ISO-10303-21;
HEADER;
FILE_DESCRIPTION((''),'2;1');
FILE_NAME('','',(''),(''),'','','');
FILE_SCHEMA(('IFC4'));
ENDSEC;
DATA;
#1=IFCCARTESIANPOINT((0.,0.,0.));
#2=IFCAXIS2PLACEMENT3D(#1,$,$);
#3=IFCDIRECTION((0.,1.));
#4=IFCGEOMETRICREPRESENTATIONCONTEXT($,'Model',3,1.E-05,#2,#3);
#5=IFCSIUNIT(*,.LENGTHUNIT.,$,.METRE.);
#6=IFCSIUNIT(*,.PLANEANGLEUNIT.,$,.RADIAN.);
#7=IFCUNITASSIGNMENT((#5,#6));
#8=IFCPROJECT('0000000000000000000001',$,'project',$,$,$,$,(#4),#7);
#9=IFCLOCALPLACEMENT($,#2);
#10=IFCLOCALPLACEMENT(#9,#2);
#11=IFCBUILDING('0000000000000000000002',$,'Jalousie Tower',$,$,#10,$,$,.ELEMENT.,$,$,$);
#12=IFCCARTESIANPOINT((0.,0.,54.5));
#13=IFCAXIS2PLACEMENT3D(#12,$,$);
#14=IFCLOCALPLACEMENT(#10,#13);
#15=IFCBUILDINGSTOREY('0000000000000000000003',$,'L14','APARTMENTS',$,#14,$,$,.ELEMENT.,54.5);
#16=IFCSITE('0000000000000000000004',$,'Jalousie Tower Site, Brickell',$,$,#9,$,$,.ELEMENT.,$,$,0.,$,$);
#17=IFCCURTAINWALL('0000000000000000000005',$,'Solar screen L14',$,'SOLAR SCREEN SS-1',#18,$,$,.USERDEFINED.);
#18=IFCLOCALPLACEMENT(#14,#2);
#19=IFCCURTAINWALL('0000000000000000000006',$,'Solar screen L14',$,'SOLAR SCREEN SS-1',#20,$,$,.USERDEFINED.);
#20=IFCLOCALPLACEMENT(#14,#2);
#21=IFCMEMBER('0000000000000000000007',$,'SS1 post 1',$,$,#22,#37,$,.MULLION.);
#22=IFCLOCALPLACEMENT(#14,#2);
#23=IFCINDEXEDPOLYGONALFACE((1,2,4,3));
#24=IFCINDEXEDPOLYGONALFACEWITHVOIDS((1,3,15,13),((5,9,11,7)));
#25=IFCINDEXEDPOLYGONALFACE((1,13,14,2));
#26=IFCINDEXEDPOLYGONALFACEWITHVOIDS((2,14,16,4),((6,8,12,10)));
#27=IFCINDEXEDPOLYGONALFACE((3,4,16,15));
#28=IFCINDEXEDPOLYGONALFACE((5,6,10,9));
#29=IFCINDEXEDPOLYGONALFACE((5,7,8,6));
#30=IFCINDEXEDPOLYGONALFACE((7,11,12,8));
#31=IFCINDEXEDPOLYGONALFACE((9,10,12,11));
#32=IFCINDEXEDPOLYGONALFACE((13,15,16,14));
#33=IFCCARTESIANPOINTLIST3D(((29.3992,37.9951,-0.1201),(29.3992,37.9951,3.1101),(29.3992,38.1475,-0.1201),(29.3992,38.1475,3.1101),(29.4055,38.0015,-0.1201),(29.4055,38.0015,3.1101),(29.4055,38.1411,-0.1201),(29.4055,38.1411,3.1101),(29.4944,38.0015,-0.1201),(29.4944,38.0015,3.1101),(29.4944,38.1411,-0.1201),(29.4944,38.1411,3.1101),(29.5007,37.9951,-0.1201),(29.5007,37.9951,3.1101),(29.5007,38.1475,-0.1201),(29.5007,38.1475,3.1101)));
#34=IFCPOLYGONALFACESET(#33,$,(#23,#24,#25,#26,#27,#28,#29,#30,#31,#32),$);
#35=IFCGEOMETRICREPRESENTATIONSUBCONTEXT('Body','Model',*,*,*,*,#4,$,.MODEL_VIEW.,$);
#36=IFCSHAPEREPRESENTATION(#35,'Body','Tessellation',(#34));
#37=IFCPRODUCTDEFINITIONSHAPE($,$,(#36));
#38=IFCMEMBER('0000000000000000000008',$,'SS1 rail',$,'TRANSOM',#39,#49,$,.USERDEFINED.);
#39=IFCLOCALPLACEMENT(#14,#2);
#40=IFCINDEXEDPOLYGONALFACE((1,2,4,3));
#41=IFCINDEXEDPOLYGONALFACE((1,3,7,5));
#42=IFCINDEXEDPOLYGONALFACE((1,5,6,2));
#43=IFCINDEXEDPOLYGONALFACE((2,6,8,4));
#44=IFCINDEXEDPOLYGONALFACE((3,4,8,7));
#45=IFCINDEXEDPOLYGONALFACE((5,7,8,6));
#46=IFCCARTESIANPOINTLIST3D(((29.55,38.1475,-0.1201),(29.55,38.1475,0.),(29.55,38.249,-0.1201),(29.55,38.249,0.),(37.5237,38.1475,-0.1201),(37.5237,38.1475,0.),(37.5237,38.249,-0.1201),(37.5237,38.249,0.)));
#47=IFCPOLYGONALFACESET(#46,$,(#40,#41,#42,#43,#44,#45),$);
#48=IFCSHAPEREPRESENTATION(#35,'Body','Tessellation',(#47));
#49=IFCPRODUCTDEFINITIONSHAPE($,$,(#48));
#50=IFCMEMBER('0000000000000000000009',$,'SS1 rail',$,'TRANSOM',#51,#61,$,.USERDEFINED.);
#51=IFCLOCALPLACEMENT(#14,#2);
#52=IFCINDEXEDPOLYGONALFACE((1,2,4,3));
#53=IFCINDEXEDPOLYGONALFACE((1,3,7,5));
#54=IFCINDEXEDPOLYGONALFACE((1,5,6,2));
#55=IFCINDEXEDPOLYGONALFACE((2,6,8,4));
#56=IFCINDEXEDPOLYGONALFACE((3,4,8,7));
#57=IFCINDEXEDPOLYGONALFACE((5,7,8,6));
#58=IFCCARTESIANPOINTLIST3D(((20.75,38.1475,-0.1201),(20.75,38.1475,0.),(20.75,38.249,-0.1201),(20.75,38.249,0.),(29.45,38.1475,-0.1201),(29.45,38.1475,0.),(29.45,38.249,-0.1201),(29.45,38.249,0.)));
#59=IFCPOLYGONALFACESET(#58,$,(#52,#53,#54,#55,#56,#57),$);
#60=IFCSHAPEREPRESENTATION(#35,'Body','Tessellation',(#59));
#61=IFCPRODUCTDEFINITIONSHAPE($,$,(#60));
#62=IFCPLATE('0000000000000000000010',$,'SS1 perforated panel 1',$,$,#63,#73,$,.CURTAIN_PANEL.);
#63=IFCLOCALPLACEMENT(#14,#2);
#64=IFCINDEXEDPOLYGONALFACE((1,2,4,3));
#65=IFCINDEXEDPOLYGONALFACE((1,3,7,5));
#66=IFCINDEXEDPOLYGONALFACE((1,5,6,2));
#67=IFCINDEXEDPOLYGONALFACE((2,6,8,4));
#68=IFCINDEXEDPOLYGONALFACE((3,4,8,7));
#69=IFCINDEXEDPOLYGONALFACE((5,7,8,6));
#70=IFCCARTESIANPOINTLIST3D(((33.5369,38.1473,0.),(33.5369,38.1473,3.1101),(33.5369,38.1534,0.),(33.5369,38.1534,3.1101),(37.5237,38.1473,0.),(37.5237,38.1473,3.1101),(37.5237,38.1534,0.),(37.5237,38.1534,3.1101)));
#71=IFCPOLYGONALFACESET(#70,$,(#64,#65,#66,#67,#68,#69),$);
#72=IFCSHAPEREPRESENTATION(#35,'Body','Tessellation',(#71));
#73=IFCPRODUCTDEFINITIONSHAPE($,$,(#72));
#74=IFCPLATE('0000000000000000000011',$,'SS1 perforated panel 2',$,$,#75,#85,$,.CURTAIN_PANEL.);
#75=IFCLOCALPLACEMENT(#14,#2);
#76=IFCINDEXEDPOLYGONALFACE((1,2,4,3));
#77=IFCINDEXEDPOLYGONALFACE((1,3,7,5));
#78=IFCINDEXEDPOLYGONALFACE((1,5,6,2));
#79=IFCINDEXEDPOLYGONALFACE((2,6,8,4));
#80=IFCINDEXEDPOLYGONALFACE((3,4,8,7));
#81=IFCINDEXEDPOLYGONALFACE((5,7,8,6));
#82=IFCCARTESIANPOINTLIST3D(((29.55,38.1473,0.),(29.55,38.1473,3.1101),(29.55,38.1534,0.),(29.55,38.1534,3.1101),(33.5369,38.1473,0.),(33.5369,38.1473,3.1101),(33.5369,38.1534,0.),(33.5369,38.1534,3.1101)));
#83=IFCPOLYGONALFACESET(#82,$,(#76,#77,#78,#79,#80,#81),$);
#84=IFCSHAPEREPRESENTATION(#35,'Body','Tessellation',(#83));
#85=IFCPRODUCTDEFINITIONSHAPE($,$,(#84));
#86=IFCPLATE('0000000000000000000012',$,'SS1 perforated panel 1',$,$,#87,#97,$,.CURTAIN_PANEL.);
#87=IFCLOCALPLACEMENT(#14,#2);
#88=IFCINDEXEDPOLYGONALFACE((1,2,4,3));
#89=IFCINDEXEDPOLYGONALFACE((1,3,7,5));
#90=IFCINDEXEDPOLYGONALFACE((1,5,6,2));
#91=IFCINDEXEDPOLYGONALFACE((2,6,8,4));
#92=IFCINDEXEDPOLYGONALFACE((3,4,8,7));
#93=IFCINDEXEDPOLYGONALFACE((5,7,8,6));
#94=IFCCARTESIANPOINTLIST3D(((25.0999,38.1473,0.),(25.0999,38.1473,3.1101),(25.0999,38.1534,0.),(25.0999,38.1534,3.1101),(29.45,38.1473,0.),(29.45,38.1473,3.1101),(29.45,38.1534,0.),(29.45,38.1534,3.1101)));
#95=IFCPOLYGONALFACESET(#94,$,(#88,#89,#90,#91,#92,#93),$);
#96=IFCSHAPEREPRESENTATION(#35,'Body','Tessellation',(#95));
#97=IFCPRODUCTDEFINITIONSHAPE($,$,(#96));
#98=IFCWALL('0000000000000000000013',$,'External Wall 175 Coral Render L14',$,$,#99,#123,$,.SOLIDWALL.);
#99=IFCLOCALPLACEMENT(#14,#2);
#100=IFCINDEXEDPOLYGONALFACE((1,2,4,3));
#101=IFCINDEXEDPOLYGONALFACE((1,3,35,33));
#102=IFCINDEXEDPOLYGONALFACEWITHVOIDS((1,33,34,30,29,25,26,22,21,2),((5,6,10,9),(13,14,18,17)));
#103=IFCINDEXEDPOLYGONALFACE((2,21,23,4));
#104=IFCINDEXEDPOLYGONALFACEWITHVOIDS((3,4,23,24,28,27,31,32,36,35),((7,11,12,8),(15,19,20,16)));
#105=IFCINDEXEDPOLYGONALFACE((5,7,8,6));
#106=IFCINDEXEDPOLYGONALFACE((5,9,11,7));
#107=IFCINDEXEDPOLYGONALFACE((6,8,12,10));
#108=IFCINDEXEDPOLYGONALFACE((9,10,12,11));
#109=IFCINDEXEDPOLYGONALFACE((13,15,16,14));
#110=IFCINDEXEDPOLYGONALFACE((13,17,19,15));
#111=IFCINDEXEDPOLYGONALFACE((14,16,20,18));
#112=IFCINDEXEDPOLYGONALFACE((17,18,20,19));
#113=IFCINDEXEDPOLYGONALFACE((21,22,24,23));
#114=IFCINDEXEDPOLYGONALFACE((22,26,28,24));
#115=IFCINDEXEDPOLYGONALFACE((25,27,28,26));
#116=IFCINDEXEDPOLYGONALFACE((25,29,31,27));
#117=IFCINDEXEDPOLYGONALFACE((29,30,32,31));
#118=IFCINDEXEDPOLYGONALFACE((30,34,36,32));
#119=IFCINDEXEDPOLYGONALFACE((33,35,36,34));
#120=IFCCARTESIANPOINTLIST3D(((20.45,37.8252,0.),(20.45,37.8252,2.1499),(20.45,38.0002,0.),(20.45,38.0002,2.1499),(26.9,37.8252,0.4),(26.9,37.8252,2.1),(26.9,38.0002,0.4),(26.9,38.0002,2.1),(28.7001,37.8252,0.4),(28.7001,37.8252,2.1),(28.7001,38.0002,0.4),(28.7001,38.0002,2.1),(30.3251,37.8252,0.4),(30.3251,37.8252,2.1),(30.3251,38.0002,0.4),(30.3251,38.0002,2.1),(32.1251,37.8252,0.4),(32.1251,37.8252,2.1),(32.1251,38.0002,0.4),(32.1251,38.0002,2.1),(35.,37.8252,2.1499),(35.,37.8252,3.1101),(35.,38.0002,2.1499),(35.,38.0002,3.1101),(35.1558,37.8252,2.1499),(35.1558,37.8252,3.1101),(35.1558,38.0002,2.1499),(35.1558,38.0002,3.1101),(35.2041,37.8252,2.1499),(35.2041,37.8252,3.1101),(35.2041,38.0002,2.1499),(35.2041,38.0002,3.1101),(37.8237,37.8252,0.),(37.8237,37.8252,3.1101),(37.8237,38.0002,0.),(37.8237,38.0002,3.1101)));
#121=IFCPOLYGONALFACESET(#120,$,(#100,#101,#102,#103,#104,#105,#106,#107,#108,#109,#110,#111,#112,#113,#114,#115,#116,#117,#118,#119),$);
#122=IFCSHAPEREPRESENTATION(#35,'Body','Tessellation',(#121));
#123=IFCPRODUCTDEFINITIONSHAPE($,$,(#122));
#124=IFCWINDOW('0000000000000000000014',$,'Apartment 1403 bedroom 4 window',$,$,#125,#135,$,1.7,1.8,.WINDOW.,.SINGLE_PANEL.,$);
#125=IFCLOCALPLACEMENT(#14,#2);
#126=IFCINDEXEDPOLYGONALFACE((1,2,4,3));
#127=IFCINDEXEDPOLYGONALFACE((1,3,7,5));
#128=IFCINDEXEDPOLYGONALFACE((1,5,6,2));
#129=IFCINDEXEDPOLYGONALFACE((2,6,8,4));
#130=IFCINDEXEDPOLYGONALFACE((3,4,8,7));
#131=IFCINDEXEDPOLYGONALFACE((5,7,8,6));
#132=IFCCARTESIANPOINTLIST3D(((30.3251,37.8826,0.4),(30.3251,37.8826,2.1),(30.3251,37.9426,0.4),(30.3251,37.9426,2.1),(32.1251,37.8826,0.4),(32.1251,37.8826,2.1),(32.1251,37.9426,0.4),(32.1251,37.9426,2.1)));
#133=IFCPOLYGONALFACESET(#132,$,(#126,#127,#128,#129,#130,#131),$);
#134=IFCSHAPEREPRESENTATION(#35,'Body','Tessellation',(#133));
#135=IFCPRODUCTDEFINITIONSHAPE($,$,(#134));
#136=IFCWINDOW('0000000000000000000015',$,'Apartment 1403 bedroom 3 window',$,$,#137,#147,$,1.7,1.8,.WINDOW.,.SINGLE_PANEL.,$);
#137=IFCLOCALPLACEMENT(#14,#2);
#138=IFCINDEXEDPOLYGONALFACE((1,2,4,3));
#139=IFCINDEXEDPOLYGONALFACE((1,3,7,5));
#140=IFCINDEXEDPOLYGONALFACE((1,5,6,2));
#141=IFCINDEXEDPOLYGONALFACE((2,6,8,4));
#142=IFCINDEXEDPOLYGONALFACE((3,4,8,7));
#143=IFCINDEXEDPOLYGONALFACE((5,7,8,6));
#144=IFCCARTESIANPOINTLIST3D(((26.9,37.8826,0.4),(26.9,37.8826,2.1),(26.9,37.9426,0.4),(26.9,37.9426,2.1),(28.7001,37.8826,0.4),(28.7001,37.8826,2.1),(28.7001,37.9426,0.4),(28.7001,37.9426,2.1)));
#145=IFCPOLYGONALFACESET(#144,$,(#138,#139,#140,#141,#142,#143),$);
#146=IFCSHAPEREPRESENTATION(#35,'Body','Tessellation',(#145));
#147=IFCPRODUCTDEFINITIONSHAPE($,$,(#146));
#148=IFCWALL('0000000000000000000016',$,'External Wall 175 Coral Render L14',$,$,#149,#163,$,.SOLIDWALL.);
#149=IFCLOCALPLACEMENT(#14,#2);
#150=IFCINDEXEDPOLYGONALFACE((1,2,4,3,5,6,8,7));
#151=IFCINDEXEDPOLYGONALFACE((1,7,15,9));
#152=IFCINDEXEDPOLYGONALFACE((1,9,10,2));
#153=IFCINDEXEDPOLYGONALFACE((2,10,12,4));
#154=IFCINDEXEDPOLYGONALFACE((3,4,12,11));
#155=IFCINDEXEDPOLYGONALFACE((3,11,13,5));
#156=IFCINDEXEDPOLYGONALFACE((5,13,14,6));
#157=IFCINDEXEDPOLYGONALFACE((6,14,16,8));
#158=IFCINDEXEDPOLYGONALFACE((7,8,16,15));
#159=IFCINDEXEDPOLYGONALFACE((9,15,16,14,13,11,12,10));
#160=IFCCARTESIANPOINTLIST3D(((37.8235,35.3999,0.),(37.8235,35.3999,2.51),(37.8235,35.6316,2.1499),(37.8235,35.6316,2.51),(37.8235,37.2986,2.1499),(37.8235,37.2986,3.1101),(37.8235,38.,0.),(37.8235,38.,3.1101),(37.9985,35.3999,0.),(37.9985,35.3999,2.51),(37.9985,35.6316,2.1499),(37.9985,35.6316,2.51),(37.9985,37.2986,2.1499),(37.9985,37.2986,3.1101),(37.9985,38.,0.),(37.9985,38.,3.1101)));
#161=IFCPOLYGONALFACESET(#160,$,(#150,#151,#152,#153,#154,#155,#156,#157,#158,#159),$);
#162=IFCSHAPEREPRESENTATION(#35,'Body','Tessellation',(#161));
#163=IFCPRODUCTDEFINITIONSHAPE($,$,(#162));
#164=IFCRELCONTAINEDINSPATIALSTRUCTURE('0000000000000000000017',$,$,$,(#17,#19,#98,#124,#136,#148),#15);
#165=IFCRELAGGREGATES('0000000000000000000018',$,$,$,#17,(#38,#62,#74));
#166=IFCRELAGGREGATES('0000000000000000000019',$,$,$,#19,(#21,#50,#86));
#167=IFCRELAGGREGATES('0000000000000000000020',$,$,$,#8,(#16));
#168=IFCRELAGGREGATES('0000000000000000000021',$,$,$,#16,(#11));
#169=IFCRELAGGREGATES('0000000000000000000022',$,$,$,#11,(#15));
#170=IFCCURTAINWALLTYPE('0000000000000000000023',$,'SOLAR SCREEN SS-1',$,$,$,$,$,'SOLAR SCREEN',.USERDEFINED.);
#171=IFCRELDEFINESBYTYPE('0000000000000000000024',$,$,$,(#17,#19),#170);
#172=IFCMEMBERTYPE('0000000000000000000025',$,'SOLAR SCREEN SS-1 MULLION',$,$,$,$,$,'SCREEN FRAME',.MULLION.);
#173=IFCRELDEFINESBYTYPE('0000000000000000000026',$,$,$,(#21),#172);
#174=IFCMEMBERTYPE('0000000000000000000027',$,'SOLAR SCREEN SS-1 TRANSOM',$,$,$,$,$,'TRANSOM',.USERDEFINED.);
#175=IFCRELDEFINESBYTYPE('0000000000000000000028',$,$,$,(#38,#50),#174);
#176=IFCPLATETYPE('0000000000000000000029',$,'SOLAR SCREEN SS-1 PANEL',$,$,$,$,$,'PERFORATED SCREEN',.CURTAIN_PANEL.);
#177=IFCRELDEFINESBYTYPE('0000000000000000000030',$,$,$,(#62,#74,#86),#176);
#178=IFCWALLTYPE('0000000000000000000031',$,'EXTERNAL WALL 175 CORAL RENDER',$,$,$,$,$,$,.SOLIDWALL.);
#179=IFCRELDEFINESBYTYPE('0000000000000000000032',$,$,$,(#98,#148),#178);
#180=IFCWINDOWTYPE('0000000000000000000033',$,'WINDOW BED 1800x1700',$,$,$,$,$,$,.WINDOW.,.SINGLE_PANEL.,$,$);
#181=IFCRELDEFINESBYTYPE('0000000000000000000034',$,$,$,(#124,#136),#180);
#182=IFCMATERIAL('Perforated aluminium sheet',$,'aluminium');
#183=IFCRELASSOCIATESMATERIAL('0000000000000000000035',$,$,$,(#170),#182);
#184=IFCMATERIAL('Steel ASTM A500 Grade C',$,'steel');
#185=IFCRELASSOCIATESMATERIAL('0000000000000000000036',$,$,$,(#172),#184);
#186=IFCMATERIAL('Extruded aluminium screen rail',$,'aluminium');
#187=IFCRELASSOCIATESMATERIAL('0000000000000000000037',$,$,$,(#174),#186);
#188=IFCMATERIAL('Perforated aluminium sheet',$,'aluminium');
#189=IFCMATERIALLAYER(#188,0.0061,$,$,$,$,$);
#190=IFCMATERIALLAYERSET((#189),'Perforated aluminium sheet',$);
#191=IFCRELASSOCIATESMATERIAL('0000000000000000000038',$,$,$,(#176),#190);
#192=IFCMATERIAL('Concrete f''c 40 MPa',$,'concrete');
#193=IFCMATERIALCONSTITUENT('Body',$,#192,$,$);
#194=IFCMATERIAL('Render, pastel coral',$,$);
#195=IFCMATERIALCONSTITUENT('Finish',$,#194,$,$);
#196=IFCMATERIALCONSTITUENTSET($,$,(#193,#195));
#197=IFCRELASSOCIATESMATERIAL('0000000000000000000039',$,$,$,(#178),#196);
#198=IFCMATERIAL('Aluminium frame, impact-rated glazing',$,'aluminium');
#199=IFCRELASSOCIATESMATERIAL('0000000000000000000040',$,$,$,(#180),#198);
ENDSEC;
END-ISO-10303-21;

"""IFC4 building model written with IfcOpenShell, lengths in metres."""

from ifc_helpers import new_model, si_unit, direction, frame, frame_2d, origin, origin_2d, place, context, subcontext, project, spatial, polyline, rectangle, hollow_rectangle, outline, extrude, material, layer, layer_set, constituent, constituent_set, material_profile, profile_set, type_object, element, fill, aggregate, save


model = new_model("IFC4")

# Units and contexts
model_context = context("Model", 3, precision=1e-05, world=origin(), true_north=direction((0.0, 1.0)))
body_context = subcontext(model_context, "Body", "Model", "MODEL_VIEW")
ifc_project = project(units=[si_unit("LENGTHUNIT", "METRE"), si_unit("PLANEANGLEUNIT", "RADIAN")], contexts=[model_context])

# Site, building, storey
site_placement = place(None, origin())
site = spatial("IfcSite", under=ifc_project, at=site_placement, Name="Jalousie Tower Site, Brickell", CompositionType="ELEMENT", RefElevation=0.0)
building_placement = place(site_placement, origin())
building = spatial("IfcBuilding", under=site, at=building_placement, Name="Jalousie Tower", CompositionType="ELEMENT")
storey_placement = place(building_placement, frame((0.0, 0.0, 54.5)))
storey = spatial("IfcBuildingStorey", under=building, at=storey_placement, Name="L14", Description="APARTMENTS", CompositionType="ELEMENT", Elevation=54.5)

# Curtain wall
ifc_material_1 = material(Name="Perforated aluminium sheet", Category="aluminium")
curtain_wall_type = type_object("IfcCurtainWallType", Name="SOLAR SCREEN SS-1", ElementType="SOLAR SCREEN", PredefinedType="USERDEFINED", material=ifc_material_1)
curtain_wall_1_placement = place(storey_placement, origin())
curtain_wall_1 = element("IfcCurtainWall", 1, at=curtain_wall_1_placement, inside=storey, type_object=curtain_wall_type, Name="Solar screen L14", ObjectType="SOLAR SCREEN SS-1", PredefinedType="USERDEFINED")
ifc_material_2 = material(Name="Steel ASTM A500 Grade C", Category="steel")
ifc_material_profile_1 = material_profile(ifc_material_2, hollow_rectangle(XDim=0.1016, YDim=0.1523, WallThickness=0.0063, at=origin_2d()), Name="HSS6X4X1/4")
ifc_profile_set_1 = profile_set([ifc_material_profile_1], Name="Steel ASTM A500 Grade C")
member_type_1 = type_object("IfcMemberType", Name="SOLAR SCREEN SS-1 MULLION", ElementType="SCREEN FRAME", PredefinedType="MULLION", material=ifc_profile_set_1)

# Curtain wall, member
curtain_wall_2_placement = place(storey_placement, origin())
curtain_wall_2 = element("IfcCurtainWall", 2, at=curtain_wall_2_placement, inside=storey, type_object=curtain_wall_type, Name="Solar screen L14", ObjectType="SOLAR SCREEN SS-1", PredefinedType="USERDEFINED")
member_1_placement = place(storey_placement, frame((29.45, 38.0713, -0.1201), z_axis=(0.0, 0.0, 1.0), x_axis=(-1.0, 0.0, 0.0)))
member_1 = element("IfcMember", 3, at=member_1_placement, type_object=member_type_1, Name="SS1 post 1", PredefinedType="MULLION", context=body_context, shape_type="SweptSolid", body=[
    extrude(hollow_rectangle(XDim=0.1016, YDim=0.1523, WallThickness=0.0063, at=origin_2d()), origin(), (0.0, 0.0, 1.0), 3.2302),
])

# Members
ifc_material_3 = material(Name="Extruded aluminium screen rail", Category="aluminium")
ifc_material_profile_2 = material_profile(ifc_material_3, rectangle(XDim=0.1016, YDim=0.1201, at=origin_2d()), Name="RAIL 102x120")
ifc_profile_set_2 = profile_set([ifc_material_profile_2], Name="Extruded aluminium screen rail")
member_type_2 = type_object("IfcMemberType", Name="SOLAR SCREEN SS-1 TRANSOM", ElementType="TRANSOM", PredefinedType="USERDEFINED", material=ifc_profile_set_2)
member_2_placement = place(storey_placement, frame((37.5237, 38.1982, -0.0601), z_axis=(-1.0, 0.0, 0.0), x_axis=(0.0, -1.0, 0.0)))
member_2 = element("IfcMember", 4, at=member_2_placement, type_object=member_type_2, Name="SS1 rail", ObjectType="TRANSOM", PredefinedType="USERDEFINED", context=body_context, shape_type="SweptSolid", body=[
    extrude(rectangle(XDim=0.1016, YDim=0.1201, at=origin_2d()), origin(), (0.0, 0.0, 1.0), 7.9736),
])
member_3_placement = place(storey_placement, frame((29.45, 38.1982, -0.0601), z_axis=(-1.0, 0.0, 0.0), x_axis=(0.0, -1.0, 0.0)))
member_3 = element("IfcMember", 5, at=member_3_placement, type_object=member_type_2, Name="SS1 rail", ObjectType="TRANSOM", PredefinedType="USERDEFINED", context=body_context, shape_type="SweptSolid", body=[
    extrude(rectangle(XDim=0.1016, YDim=0.1201, at=origin_2d()), origin(), (0.0, 0.0, 1.0), 8.7),
])

# Plates
ifc_material_4 = material(Name="Perforated aluminium sheet", Category="aluminium")
ifc_layer_1 = layer(ifc_material_4, 0.0061)
ifc_layer_set_1 = layer_set([ifc_layer_1], Name="Perforated aluminium sheet")
plate_type = type_object("IfcPlateType", Name="SOLAR SCREEN SS-1 PANEL", ElementType="PERFORATED SCREEN", PredefinedType="CURTAIN_PANEL", material=ifc_layer_set_1)
plate_1_placement = place(storey_placement, frame((35.5303, 38.1504, 0.0), z_axis=(0.0, 0.0, 1.0), x_axis=(-1.0, 0.0, 0.0)))
plate_1 = element("IfcPlate", 6, at=plate_1_placement, type_object=plate_type, Name="SS1 perforated panel 1", PredefinedType="CURTAIN_PANEL", context=body_context, shape_type="SweptSolid", body=[
    extrude(rectangle(XDim=3.9868, YDim=0.0061, at=origin_2d()), origin(), (0.0, 0.0, 1.0), 3.1101),
])
plate_2_placement = place(storey_placement, frame((31.5435, 38.1504, 0.0), z_axis=(0.0, 0.0, 1.0), x_axis=(-1.0, 0.0, 0.0)))
plate_2 = element("IfcPlate", 7, at=plate_2_placement, type_object=plate_type, Name="SS1 perforated panel 2", PredefinedType="CURTAIN_PANEL", context=body_context, shape_type="SweptSolid", body=[
    extrude(rectangle(XDim=3.9868, YDim=0.0061, at=origin_2d()), origin(), (0.0, 0.0, 1.0), 3.1101),
])
aggregate(curtain_wall_1, [member_2, plate_1, plate_2])
plate_3_placement = place(storey_placement, frame((27.2749, 38.1504, 0.0), z_axis=(0.0, 0.0, 1.0), x_axis=(-1.0, 0.0, 0.0)))
plate_3 = element("IfcPlate", 8, at=plate_3_placement, type_object=plate_type, Name="SS1 perforated panel 1", PredefinedType="CURTAIN_PANEL", context=body_context, shape_type="SweptSolid", body=[
    extrude(rectangle(XDim=4.3501, YDim=0.0061, at=origin_2d()), origin(), (0.0, 0.0, 1.0), 3.1101),
])
aggregate(curtain_wall_2, [member_1, member_3, plate_3])

# Wall, openings, windows
ifc_material_5 = material(Name="Concrete f'c 40 MPa", Category="concrete")
ifc_constituent_1 = constituent(ifc_material_5, Name="Body")
ifc_material_6 = material(Name="Render, pastel coral")
ifc_constituent_2 = constituent(ifc_material_6, Name="Finish")
ifc_constituent_set_1 = constituent_set(constituents=[ifc_constituent_1, ifc_constituent_2])
wall_type_1 = type_object("IfcWallType", Name="EXTERNAL WALL 175 CORAL RENDER", PredefinedType="SOLIDWALL", material=ifc_constituent_set_1)
wall_1_placement = place(storey_placement, frame((37.8237, 37.9126, 0.0), z_axis=(0.0, 0.0, 1.0), x_axis=(-1.0, 0.0, 0.0)))
wall_1 = element("IfcWall", 9, at=wall_1_placement, inside=storey, type_object=wall_type_1, Name="External Wall 175 Coral Render L14", PredefinedType="SOLIDWALL", context=body_context, shape_type="SweptSolid", body=[
    extrude(outline(polyline([(0.0, 0.0), (17.3738, 0.0), (17.3738, 2.1499), (2.8237, 2.1499), (2.8237, 3.1101), (2.668, 3.1101), (2.668, 2.1499), (2.6196, 2.1499), (2.6196, 3.1101), (0.0, 3.1101), (0.0, 0.0)])), frame((0.0, 0.0874, 0.0), z_axis=(0.0, -1.0, 0.0), x_axis=(1.0, 0.0, 0.0)), (0.0, 0.0, 1.0), 0.175),
])
opening_1_placement = place(wall_1_placement, frame((5.6987, 0.0, 0.3999)))
opening_1 = element("IfcOpeningElement", 10, at=opening_1_placement, cuts=wall_1, PredefinedType="OPENING", context=body_context, shape_type="SweptSolid", body=[
    extrude(rectangle(XDim=1.8, YDim=1.7, at=frame_2d((0.8999, 0.8501))), frame((0.0, 0.0974, 0.0), z_axis=(0.0, -1.0, 0.0), x_axis=(1.0, 0.0, 0.0)), (0.0, 0.0, 1.0), 0.1951),
])
opening_2_placement = place(wall_1_placement, frame((9.1238, 0.0, 0.3999)))
opening_2 = element("IfcOpeningElement", 11, at=opening_2_placement, cuts=wall_1, PredefinedType="OPENING", context=body_context, shape_type="SweptSolid", body=[
    extrude(rectangle(XDim=1.8, YDim=1.7, at=frame_2d((0.8999, 0.8501))), frame((0.0, 0.0974, 0.0), z_axis=(0.0, -1.0, 0.0), x_axis=(1.0, 0.0, 0.0)), (0.0, 0.0, 1.0), 0.1951),
])
ifc_material_7 = material(Name="Aluminium frame, impact-rated glazing", Category="aluminium")
window_type = type_object("IfcWindowType", Name="WINDOW BED 1800x1700", PartitioningType="SINGLE_PANEL", PredefinedType="WINDOW", material=ifc_material_7)
window_1_placement = place(opening_1_placement, origin())
window_1 = element("IfcWindow", 12, at=window_1_placement, inside=storey, type_object=window_type, Name="Apartment 1403 bedroom 4 window", OverallHeight=1.7, OverallWidth=1.8, PartitioningType="SINGLE_PANEL", PredefinedType="WINDOW", context=body_context, shape_type="SweptSolid", body=[
    extrude(rectangle(XDim=1.8, YDim=1.7, at=frame_2d((0.8999, 0.8501))), frame((0.0, 0.03, 0.0), z_axis=(0.0, -1.0, 0.0), x_axis=(1.0, 0.0, 0.0)), (0.0, 0.0, 1.0), 0.0601),
])
fill(opening_1, window_1)
window_2_placement = place(opening_2_placement, origin())
window_2 = element("IfcWindow", 13, at=window_2_placement, inside=storey, type_object=window_type, Name="Apartment 1403 bedroom 3 window", OverallHeight=1.7, OverallWidth=1.8, PartitioningType="SINGLE_PANEL", PredefinedType="WINDOW", context=body_context, shape_type="SweptSolid", body=[
    extrude(rectangle(XDim=1.8, YDim=1.7, at=frame_2d((0.8999, 0.8501))), frame((0.0, 0.03, 0.0), z_axis=(0.0, -1.0, 0.0), x_axis=(1.0, 0.0, 0.0)), (0.0, 0.0, 1.0), 0.0601),
])
fill(opening_2, window_2)

# Wall
wall_2_placement = place(storey_placement, frame((37.9111, 38.0, 0.0), z_axis=(0.0, 0.0, 1.0), x_axis=(0.0, -1.0, 0.0)))
element("IfcWall", 14, at=wall_2_placement, inside=storey, type_object=wall_type_1, Name="External Wall 175 Coral Render L14", PredefinedType="SOLIDWALL", context=body_context, shape_type="SweptSolid", body=[
    extrude(outline(polyline([(0.0, 0.0), (2.6001, 0.0), (2.6001, 2.51), (2.3684, 2.51), (2.3684, 2.1499), (0.7014, 2.1499), (0.7014, 3.1101), (0.0, 3.1101), (0.0, 0.0)])), frame((0.0, 0.0874, 0.0), z_axis=(0.0, -1.0, 0.0), x_axis=(1.0, 0.0, 0.0)), (0.0, 0.0, 1.0), 0.175),
])

save(model, "model.ifc")
